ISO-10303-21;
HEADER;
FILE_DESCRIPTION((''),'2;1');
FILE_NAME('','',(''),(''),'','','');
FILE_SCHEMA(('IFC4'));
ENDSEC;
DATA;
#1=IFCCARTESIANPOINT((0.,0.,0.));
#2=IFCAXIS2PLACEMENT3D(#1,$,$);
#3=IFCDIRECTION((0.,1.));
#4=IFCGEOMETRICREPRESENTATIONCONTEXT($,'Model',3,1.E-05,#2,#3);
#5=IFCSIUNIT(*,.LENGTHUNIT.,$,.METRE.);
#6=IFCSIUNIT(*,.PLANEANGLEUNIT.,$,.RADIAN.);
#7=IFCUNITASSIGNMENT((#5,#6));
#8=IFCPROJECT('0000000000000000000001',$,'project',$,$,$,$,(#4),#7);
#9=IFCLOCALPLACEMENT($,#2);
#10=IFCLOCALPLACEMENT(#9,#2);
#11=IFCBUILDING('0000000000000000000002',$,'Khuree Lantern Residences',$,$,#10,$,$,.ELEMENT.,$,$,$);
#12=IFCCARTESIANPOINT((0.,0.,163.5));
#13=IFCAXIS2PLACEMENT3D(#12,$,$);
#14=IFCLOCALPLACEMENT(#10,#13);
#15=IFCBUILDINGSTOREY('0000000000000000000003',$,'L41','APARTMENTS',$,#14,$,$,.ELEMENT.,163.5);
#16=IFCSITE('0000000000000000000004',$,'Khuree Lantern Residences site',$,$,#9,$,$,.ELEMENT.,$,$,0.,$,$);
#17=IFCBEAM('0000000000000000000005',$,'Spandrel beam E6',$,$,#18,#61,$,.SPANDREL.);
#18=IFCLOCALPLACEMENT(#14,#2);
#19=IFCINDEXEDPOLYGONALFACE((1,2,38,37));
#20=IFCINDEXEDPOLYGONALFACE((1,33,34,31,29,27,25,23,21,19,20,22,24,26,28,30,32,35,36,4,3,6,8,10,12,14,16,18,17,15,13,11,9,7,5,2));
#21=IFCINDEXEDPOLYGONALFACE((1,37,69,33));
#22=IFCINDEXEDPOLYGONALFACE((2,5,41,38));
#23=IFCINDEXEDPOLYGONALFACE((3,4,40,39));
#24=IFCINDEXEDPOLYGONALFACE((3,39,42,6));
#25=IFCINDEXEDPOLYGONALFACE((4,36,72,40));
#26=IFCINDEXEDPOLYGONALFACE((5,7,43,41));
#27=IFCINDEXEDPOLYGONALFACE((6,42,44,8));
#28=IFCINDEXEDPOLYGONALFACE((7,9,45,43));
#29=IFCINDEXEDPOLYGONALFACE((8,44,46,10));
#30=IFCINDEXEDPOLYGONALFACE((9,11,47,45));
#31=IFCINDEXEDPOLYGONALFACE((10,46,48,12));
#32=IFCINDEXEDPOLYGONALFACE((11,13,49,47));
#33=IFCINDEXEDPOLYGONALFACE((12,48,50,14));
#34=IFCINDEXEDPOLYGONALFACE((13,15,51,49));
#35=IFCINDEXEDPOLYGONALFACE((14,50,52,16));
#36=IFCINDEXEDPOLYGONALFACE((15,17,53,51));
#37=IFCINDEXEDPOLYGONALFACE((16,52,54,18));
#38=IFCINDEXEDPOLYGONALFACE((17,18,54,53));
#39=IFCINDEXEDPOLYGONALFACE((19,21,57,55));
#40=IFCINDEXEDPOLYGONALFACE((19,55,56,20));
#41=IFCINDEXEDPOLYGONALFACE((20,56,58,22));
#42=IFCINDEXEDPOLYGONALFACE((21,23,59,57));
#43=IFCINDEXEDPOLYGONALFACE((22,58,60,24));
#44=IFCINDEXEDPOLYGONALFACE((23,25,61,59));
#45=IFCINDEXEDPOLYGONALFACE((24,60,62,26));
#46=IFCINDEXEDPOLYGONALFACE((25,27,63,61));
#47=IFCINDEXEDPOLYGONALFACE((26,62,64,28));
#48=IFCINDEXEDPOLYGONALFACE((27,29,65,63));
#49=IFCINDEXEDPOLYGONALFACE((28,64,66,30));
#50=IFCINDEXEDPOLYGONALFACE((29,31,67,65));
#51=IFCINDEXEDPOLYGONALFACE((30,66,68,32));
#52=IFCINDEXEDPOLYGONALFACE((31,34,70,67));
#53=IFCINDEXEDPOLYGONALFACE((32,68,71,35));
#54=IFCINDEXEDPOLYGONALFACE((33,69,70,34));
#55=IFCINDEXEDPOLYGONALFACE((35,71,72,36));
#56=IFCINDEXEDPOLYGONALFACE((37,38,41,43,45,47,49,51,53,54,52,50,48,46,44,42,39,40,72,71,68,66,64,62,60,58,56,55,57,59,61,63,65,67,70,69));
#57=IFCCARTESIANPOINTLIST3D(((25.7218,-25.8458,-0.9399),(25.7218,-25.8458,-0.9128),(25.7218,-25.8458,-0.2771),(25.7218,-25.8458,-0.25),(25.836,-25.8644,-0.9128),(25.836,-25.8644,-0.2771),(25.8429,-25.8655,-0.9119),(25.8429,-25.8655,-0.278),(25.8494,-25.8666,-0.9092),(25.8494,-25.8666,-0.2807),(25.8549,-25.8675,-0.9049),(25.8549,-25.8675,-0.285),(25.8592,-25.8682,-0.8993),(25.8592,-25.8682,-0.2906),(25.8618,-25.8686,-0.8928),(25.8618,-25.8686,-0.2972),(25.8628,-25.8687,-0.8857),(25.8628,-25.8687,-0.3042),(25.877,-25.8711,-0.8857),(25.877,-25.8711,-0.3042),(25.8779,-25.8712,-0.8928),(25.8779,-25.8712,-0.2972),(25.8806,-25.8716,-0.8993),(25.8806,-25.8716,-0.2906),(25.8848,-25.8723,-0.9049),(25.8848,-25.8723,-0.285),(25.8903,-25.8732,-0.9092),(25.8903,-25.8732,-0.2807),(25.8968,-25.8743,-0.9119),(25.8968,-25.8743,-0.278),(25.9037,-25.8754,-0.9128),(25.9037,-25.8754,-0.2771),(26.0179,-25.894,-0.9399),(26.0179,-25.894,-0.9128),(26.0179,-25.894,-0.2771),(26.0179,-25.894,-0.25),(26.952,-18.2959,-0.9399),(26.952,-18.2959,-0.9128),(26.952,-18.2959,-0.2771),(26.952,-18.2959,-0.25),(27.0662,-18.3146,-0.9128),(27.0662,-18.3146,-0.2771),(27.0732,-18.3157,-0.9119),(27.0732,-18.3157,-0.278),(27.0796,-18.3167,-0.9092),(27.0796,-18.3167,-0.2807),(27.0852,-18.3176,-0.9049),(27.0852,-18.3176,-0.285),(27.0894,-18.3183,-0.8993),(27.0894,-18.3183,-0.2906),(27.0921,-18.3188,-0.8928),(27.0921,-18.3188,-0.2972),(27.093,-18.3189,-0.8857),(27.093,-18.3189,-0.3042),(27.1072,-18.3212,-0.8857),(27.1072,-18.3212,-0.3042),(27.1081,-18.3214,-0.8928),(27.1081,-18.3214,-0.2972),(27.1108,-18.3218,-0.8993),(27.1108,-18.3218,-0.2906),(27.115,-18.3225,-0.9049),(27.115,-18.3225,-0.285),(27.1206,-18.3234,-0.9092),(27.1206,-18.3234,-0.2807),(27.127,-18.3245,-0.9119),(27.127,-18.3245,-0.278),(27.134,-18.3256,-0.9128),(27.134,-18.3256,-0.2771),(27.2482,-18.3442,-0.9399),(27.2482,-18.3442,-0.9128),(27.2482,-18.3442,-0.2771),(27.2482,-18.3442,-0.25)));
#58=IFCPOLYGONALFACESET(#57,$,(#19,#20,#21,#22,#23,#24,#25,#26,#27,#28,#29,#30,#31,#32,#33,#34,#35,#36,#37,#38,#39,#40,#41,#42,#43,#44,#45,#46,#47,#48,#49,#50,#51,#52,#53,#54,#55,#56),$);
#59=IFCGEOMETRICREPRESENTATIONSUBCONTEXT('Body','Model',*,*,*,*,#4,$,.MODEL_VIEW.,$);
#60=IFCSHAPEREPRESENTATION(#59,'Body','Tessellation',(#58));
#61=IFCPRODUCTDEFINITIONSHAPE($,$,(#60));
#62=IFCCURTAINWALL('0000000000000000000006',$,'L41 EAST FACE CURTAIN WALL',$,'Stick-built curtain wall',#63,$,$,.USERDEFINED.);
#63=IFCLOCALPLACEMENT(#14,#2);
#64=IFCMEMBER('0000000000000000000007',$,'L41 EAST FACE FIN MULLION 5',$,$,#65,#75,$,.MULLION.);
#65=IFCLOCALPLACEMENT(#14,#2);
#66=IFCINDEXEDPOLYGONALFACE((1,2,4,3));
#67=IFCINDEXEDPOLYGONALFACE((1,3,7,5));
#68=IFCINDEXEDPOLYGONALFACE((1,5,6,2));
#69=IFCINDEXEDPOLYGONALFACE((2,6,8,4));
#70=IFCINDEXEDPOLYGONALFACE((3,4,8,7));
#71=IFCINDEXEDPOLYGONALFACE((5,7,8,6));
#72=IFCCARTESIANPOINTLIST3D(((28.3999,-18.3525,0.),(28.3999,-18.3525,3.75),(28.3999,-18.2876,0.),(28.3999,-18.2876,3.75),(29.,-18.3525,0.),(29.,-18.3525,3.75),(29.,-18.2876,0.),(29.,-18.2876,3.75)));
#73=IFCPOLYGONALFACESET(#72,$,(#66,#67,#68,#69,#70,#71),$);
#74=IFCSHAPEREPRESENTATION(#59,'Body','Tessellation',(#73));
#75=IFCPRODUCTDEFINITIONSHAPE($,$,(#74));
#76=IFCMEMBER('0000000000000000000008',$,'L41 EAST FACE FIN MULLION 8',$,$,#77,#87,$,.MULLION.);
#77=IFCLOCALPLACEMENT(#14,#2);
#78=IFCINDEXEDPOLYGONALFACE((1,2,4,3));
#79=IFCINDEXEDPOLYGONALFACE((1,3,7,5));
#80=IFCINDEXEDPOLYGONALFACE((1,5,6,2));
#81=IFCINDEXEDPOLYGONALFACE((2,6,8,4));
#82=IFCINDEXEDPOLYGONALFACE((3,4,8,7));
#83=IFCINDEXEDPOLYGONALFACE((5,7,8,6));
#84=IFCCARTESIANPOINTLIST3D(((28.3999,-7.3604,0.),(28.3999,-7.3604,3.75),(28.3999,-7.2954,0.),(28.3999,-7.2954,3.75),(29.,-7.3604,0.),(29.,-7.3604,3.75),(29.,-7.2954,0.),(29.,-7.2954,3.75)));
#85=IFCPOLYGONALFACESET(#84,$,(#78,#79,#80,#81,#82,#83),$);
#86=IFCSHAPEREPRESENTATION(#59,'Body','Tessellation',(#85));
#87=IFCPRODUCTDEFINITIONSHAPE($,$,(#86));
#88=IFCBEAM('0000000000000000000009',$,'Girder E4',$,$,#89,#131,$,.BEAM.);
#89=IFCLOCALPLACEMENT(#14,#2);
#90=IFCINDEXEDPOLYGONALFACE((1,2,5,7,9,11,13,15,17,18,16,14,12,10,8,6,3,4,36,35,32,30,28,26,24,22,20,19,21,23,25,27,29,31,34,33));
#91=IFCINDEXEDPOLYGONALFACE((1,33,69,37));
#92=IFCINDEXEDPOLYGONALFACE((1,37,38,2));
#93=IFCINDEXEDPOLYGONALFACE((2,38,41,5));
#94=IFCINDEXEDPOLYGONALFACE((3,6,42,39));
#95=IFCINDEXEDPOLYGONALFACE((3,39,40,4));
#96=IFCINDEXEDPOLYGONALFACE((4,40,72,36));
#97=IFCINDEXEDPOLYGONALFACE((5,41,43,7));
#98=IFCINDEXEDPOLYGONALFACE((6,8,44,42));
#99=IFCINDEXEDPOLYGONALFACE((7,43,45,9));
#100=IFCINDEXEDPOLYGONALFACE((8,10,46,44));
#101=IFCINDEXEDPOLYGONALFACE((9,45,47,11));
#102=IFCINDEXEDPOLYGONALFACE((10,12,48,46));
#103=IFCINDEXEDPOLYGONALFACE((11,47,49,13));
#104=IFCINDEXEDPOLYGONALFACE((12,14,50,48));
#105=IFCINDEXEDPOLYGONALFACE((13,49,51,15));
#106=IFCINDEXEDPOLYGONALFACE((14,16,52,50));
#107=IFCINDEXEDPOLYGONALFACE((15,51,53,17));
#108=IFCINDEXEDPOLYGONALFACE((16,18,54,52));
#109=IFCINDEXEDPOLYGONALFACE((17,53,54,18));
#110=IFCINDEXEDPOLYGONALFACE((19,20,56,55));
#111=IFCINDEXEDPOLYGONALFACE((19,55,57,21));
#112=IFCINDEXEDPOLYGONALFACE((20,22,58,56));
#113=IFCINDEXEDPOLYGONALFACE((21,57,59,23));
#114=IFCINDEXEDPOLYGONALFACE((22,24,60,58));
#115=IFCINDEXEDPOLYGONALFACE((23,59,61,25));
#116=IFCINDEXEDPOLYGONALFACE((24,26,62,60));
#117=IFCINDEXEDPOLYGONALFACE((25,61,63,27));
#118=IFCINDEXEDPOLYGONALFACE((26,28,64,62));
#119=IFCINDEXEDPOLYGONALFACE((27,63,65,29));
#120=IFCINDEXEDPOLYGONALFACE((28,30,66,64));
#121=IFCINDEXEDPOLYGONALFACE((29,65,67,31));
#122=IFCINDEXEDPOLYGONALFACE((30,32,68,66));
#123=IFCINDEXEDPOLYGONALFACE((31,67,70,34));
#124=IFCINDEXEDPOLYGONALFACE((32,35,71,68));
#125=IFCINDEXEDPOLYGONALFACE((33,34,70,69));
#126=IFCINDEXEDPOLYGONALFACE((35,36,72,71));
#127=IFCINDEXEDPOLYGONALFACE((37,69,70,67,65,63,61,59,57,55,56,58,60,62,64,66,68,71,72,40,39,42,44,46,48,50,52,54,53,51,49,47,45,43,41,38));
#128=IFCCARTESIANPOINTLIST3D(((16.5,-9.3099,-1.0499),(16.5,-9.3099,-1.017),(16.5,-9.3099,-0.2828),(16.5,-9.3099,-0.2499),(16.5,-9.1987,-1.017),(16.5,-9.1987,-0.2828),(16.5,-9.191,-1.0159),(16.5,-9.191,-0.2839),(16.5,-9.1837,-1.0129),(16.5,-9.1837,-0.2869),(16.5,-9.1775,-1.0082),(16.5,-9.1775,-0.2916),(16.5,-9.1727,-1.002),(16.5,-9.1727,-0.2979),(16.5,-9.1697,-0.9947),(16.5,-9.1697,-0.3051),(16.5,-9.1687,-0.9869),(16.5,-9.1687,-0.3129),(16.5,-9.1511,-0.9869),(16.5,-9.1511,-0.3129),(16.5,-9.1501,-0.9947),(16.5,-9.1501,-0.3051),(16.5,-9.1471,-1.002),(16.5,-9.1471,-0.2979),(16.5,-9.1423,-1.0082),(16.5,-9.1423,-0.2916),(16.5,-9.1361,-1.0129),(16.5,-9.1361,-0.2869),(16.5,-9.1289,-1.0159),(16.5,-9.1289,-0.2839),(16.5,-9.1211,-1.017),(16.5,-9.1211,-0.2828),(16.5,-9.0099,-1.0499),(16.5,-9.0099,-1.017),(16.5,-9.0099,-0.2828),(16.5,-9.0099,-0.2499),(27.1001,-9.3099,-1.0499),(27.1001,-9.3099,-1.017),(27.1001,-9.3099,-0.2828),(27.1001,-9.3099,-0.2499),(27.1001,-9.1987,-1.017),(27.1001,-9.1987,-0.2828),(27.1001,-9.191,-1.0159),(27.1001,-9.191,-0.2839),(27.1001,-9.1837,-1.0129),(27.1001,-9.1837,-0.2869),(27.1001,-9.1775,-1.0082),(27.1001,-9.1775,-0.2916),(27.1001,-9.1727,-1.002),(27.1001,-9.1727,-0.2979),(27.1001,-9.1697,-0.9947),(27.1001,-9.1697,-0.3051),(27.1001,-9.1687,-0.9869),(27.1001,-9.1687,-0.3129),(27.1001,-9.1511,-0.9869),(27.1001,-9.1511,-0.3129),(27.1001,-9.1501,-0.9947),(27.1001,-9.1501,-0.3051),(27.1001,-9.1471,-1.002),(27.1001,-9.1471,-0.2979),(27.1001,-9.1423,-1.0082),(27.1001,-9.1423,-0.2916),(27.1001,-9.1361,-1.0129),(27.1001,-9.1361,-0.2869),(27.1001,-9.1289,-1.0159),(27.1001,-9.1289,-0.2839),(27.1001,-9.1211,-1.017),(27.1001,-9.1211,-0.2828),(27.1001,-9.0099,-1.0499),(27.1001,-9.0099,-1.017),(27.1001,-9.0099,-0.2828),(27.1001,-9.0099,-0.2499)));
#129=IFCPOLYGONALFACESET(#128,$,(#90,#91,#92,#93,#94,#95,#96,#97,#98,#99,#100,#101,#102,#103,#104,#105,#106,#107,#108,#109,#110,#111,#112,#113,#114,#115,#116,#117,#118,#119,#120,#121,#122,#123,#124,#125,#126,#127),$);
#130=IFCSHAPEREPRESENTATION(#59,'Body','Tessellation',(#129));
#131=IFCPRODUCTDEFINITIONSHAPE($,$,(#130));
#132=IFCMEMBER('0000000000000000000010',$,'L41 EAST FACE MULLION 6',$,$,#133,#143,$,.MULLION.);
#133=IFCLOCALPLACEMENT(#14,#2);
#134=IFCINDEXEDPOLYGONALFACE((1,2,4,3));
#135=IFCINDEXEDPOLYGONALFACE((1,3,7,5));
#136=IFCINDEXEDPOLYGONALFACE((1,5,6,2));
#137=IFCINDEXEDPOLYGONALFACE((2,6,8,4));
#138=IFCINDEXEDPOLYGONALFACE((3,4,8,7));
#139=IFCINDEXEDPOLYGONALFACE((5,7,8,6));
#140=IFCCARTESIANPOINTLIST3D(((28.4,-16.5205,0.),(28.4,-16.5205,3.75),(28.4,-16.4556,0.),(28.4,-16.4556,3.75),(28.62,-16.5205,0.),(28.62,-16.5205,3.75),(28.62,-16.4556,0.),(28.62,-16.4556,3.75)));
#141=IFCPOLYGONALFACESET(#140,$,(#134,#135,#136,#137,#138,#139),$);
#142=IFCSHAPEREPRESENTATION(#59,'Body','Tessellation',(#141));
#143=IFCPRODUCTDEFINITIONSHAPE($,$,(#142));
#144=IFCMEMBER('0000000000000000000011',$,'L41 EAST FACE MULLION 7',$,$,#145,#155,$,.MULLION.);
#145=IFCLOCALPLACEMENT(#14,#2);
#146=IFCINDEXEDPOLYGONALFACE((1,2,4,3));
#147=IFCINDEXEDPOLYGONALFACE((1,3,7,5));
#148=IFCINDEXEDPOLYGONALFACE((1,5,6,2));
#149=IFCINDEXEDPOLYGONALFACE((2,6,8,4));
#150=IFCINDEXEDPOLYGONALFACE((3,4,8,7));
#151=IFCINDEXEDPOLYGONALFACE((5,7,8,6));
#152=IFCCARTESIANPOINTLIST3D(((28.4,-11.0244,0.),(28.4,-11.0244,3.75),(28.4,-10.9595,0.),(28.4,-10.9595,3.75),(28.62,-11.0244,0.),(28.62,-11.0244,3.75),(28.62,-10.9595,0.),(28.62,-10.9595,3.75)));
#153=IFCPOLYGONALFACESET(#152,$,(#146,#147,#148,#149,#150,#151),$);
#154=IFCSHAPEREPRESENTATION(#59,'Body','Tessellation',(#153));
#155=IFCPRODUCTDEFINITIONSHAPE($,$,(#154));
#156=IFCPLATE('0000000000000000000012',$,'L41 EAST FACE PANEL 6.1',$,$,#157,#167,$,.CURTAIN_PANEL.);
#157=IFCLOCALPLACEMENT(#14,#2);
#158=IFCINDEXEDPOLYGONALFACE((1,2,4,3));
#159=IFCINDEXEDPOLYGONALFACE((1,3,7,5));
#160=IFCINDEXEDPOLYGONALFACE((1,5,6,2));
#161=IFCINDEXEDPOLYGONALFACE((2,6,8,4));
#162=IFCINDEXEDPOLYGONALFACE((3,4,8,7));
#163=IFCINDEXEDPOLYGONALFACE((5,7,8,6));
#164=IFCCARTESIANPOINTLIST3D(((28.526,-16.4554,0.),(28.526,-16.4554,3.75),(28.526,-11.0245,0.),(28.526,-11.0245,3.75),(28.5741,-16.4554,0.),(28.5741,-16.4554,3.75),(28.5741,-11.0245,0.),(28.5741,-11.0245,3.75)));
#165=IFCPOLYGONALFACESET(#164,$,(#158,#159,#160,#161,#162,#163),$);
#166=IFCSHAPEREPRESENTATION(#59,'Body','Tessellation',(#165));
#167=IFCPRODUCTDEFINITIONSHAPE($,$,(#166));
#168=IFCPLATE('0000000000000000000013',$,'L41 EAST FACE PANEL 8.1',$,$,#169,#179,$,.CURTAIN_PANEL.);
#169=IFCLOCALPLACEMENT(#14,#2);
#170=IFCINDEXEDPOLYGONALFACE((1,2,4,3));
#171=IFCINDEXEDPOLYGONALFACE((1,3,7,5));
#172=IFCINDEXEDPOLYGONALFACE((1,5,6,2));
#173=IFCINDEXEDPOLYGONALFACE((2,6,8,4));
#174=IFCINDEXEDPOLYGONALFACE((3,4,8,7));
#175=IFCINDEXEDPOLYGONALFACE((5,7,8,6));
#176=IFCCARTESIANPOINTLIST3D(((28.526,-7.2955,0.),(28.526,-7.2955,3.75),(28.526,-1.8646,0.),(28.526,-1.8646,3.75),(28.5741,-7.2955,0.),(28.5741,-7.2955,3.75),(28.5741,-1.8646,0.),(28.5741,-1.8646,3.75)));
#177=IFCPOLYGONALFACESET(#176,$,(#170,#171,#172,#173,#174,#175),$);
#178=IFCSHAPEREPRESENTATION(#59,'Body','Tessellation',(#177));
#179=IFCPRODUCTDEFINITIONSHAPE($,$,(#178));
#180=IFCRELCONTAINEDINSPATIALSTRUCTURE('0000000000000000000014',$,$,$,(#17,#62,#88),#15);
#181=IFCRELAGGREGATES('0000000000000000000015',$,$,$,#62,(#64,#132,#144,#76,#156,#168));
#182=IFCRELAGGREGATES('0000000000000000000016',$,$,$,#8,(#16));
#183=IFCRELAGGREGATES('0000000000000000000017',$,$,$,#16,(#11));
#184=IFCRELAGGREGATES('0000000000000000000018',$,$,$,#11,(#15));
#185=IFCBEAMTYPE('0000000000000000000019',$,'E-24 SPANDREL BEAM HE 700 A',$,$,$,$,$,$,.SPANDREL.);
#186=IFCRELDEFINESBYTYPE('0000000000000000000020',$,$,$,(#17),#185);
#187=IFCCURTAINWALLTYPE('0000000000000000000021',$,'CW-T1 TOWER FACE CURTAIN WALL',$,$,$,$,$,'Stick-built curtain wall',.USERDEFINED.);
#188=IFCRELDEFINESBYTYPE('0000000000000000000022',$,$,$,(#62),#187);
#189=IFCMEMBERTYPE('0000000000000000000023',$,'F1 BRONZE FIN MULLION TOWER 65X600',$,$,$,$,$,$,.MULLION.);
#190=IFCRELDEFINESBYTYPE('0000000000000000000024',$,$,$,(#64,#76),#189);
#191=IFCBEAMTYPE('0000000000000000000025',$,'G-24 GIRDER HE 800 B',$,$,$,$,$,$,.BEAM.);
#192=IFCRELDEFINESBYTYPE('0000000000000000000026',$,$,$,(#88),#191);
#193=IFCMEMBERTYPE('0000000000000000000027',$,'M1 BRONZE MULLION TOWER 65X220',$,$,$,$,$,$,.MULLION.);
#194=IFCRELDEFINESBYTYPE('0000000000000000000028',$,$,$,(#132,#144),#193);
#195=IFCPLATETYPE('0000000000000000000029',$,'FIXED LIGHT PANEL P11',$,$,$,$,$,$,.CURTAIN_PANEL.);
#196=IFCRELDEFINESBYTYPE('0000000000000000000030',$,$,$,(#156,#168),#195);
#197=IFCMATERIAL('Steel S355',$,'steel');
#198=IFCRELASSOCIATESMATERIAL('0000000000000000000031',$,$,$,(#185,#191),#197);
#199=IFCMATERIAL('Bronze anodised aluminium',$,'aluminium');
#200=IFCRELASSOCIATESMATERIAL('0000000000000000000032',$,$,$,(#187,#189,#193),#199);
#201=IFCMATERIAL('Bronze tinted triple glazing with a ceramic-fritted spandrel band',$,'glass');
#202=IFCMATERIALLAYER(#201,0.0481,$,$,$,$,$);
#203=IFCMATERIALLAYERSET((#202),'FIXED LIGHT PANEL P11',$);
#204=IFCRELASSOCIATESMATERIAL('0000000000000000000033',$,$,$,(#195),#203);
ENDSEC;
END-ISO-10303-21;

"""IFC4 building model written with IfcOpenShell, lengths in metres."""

from ifc_helpers import new_model, si_unit, direction, frame, origin, origin_2d, place, context, subcontext, project, spatial, rectangle, i_section, extrude, material, layer, layer_set, material_profile, profile_set, type_object, element, aggregate, save


model = new_model("IFC4")

# Units and contexts
model_context = context("Model", 3, precision=1e-05, world=origin(), true_north=direction((0.0, 1.0)))
body_context = subcontext(model_context, "Body", "Model", "MODEL_VIEW")
ifc_project = project(units=[si_unit("LENGTHUNIT", "METRE"), si_unit("PLANEANGLEUNIT", "RADIAN")], contexts=[model_context])

# Site, building, storey
site_placement = place(None, origin())
site = spatial("IfcSite", under=ifc_project, at=site_placement, Name="Khuree Lantern Residences site", CompositionType="ELEMENT", RefElevation=0.0)
building_placement = place(site_placement, origin())
building = spatial("IfcBuilding", under=site, at=building_placement, Name="Khuree Lantern Residences", CompositionType="ELEMENT")
storey_placement = place(building_placement, frame((0.0, 0.0, 163.5)))
storey = spatial("IfcBuildingStorey", under=building, at=storey_placement, Name="L41", Description="APARTMENTS", CompositionType="ELEMENT", Elevation=163.5)

# Beam
ifc_material_1 = material(Name="Steel S355", Category="steel")
ifc_material_profile_1 = material_profile(ifc_material_1, i_section(OverallWidth=0.3, OverallDepth=0.6899, WebThickness=0.0144, FlangeThickness=0.0271, FilletRadius=0.0271, at=origin_2d()), Name="HE 700 A")
ifc_profile_set_1 = profile_set([ifc_material_profile_1], Name="Steel S355")
beam_type_1 = type_object("IfcBeamType", Name="E-24 SPANDREL BEAM HE 700 A", PredefinedType="SPANDREL", material=ifc_profile_set_1)
beam_1_placement = place(storey_placement, frame((27.1001, -18.3201, -0.595), z_axis=(-0.160827, -0.986983, 0.0), x_axis=(0.986983, -0.160827, 0.0)))
element("IfcBeam", 1, at=beam_1_placement, inside=storey, type_object=beam_type_1, Name="Spandrel beam E6", PredefinedType="SPANDREL", context=body_context, shape_type="SweptSolid", body=[
    extrude(i_section(OverallWidth=0.3, OverallDepth=0.6899, WebThickness=0.0144, FlangeThickness=0.0271, FilletRadius=0.0271, at=origin_2d()), origin(), (0.0, 0.0, 1.0), 7.6494),
])

# Curtain wall, members
ifc_material_2 = material(Name="Bronze anodised aluminium", Category="aluminium")
curtain_wall_type = type_object("IfcCurtainWallType", Name="CW-T1 TOWER FACE CURTAIN WALL", ElementType="Stick-built curtain wall", PredefinedType="USERDEFINED", material=ifc_material_2)
curtain_wall_placement = place(storey_placement, origin())
curtain_wall = element("IfcCurtainWall", 2, at=curtain_wall_placement, inside=storey, type_object=curtain_wall_type, Name="L41 EAST FACE CURTAIN WALL", ObjectType="Stick-built curtain wall", PredefinedType="USERDEFINED")
ifc_material_profile_2 = material_profile(ifc_material_2, rectangle(XDim=0.0649, YDim=0.6001, at=origin_2d()), Name="F1 65X600")
ifc_profile_set_2 = profile_set([ifc_material_profile_2], Name="Bronze anodised aluminium")
member_type_1 = type_object("IfcMemberType", Name="F1 BRONZE FIN MULLION TOWER 65X600", PredefinedType="MULLION", material=ifc_profile_set_2)
member_1_placement = place(storey_placement, frame((28.7, -18.3201, 0.0), z_axis=(0.0, 0.0, 1.0), x_axis=(0.0, 1.0, 0.0)))
member_1 = element("IfcMember", 3, at=member_1_placement, type_object=member_type_1, Name="L41 EAST FACE FIN MULLION 5", PredefinedType="MULLION", context=body_context, shape_type="SweptSolid", body=[
    extrude(rectangle(XDim=0.0649, YDim=0.6001, at=origin_2d()), origin(), (0.0, 0.0, 1.0), 3.75),
])
member_2_placement = place(storey_placement, frame((28.7, -7.3279, 0.0), z_axis=(0.0, 0.0, 1.0), x_axis=(0.0, 1.0, 0.0)))
member_2 = element("IfcMember", 4, at=member_2_placement, type_object=member_type_1, Name="L41 EAST FACE FIN MULLION 8", PredefinedType="MULLION", context=body_context, shape_type="SweptSolid", body=[
    extrude(rectangle(XDim=0.0649, YDim=0.6001, at=origin_2d()), origin(), (0.0, 0.0, 1.0), 3.75),
])

# Beam
ifc_material_profile_3 = material_profile(ifc_material_1, i_section(OverallWidth=0.3, OverallDepth=0.8, WebThickness=0.0176, FlangeThickness=0.033, FilletRadius=0.03, at=origin_2d()), Name="HE 800 B")
ifc_profile_set_3 = profile_set([ifc_material_profile_3], Name="Steel S355")
beam_type_2 = type_object("IfcBeamType", Name="G-24 GIRDER HE 800 B", PredefinedType="BEAM", material=ifc_profile_set_3)
beam_2_placement = place(storey_placement, frame((27.1001, -9.1599, -0.6499), z_axis=(-1.0, 0.0, 0.0), x_axis=(0.0, -1.0, 0.0)))
element("IfcBeam", 5, at=beam_2_placement, inside=storey, type_object=beam_type_2, Name="Girder E4", PredefinedType="BEAM", context=body_context, shape_type="SweptSolid", body=[
    extrude(i_section(OverallWidth=0.3, OverallDepth=0.8, WebThickness=0.0176, FlangeThickness=0.033, FilletRadius=0.03, at=origin_2d()), origin(), (0.0, 0.0, 1.0), 10.6001),
])

# Members
ifc_material_profile_4 = material_profile(ifc_material_2, rectangle(XDim=0.0649, YDim=0.22, at=origin_2d()), Name="M1 65X220")
ifc_profile_set_4 = profile_set([ifc_material_profile_4], Name="Bronze anodised aluminium")
member_type_2 = type_object("IfcMemberType", Name="M1 BRONZE MULLION TOWER 65X220", PredefinedType="MULLION", material=ifc_profile_set_4)
member_3_placement = place(storey_placement, frame((28.51, -16.488, 0.0), z_axis=(0.0, 0.0, 1.0), x_axis=(0.0, 1.0, 0.0)))
member_3 = element("IfcMember", 6, at=member_3_placement, type_object=member_type_2, Name="L41 EAST FACE MULLION 6", PredefinedType="MULLION", context=body_context, shape_type="SweptSolid", body=[
    extrude(rectangle(XDim=0.0649, YDim=0.22, at=origin_2d()), origin(), (0.0, 0.0, 1.0), 3.75),
])
member_4_placement = place(storey_placement, frame((28.51, -10.9919, 0.0), z_axis=(0.0, 0.0, 1.0), x_axis=(0.0, 1.0, 0.0)))
member_4 = element("IfcMember", 7, at=member_4_placement, type_object=member_type_2, Name="L41 EAST FACE MULLION 7", PredefinedType="MULLION", context=body_context, shape_type="SweptSolid", body=[
    extrude(rectangle(XDim=0.0649, YDim=0.22, at=origin_2d()), origin(), (0.0, 0.0, 1.0), 3.75),
])

# Plates
ifc_material_3 = material(Name="Bronze tinted triple glazing with a ceramic-fritted spandrel band", Category="glass")
ifc_layer_1 = layer(ifc_material_3, 0.0481)
ifc_layer_set_1 = layer_set([ifc_layer_1], Name="FIXED LIGHT PANEL P11")
plate_type_1 = type_object("IfcPlateType", Name="FIXED LIGHT PANEL P11", PredefinedType="CURTAIN_PANEL", material=ifc_layer_set_1)
plate_1_placement = place(storey_placement, frame((28.55, -13.74, 0.0), z_axis=(0.0, 0.0, 1.0), x_axis=(0.0, 1.0, 0.0)))
plate_1 = element("IfcPlate", 8, at=plate_1_placement, type_object=plate_type_1, Name="L41 EAST FACE PANEL 6.1", PredefinedType="CURTAIN_PANEL", context=body_context, shape_type="SweptSolid", body=[
    extrude(rectangle(XDim=5.4309, YDim=0.0481, at=origin_2d()), origin(), (0.0, 0.0, 1.0), 3.75),
])
plate_2_placement = place(storey_placement, frame((28.55, -4.5801, 0.0), z_axis=(0.0, 0.0, 1.0), x_axis=(0.0, 1.0, 0.0)))
plate_2 = element("IfcPlate", 9, at=plate_2_placement, type_object=plate_type_1, Name="L41 EAST FACE PANEL 8.1", PredefinedType="CURTAIN_PANEL", context=body_context, shape_type="SweptSolid", body=[
    extrude(rectangle(XDim=5.4309, YDim=0.0481, at=origin_2d()), origin(), (0.0, 0.0, 1.0), 3.75),
])
aggregate(curtain_wall, [member_1, member_3, member_4, member_2, plate_1, plate_2])

save(model, "model.ifc")
